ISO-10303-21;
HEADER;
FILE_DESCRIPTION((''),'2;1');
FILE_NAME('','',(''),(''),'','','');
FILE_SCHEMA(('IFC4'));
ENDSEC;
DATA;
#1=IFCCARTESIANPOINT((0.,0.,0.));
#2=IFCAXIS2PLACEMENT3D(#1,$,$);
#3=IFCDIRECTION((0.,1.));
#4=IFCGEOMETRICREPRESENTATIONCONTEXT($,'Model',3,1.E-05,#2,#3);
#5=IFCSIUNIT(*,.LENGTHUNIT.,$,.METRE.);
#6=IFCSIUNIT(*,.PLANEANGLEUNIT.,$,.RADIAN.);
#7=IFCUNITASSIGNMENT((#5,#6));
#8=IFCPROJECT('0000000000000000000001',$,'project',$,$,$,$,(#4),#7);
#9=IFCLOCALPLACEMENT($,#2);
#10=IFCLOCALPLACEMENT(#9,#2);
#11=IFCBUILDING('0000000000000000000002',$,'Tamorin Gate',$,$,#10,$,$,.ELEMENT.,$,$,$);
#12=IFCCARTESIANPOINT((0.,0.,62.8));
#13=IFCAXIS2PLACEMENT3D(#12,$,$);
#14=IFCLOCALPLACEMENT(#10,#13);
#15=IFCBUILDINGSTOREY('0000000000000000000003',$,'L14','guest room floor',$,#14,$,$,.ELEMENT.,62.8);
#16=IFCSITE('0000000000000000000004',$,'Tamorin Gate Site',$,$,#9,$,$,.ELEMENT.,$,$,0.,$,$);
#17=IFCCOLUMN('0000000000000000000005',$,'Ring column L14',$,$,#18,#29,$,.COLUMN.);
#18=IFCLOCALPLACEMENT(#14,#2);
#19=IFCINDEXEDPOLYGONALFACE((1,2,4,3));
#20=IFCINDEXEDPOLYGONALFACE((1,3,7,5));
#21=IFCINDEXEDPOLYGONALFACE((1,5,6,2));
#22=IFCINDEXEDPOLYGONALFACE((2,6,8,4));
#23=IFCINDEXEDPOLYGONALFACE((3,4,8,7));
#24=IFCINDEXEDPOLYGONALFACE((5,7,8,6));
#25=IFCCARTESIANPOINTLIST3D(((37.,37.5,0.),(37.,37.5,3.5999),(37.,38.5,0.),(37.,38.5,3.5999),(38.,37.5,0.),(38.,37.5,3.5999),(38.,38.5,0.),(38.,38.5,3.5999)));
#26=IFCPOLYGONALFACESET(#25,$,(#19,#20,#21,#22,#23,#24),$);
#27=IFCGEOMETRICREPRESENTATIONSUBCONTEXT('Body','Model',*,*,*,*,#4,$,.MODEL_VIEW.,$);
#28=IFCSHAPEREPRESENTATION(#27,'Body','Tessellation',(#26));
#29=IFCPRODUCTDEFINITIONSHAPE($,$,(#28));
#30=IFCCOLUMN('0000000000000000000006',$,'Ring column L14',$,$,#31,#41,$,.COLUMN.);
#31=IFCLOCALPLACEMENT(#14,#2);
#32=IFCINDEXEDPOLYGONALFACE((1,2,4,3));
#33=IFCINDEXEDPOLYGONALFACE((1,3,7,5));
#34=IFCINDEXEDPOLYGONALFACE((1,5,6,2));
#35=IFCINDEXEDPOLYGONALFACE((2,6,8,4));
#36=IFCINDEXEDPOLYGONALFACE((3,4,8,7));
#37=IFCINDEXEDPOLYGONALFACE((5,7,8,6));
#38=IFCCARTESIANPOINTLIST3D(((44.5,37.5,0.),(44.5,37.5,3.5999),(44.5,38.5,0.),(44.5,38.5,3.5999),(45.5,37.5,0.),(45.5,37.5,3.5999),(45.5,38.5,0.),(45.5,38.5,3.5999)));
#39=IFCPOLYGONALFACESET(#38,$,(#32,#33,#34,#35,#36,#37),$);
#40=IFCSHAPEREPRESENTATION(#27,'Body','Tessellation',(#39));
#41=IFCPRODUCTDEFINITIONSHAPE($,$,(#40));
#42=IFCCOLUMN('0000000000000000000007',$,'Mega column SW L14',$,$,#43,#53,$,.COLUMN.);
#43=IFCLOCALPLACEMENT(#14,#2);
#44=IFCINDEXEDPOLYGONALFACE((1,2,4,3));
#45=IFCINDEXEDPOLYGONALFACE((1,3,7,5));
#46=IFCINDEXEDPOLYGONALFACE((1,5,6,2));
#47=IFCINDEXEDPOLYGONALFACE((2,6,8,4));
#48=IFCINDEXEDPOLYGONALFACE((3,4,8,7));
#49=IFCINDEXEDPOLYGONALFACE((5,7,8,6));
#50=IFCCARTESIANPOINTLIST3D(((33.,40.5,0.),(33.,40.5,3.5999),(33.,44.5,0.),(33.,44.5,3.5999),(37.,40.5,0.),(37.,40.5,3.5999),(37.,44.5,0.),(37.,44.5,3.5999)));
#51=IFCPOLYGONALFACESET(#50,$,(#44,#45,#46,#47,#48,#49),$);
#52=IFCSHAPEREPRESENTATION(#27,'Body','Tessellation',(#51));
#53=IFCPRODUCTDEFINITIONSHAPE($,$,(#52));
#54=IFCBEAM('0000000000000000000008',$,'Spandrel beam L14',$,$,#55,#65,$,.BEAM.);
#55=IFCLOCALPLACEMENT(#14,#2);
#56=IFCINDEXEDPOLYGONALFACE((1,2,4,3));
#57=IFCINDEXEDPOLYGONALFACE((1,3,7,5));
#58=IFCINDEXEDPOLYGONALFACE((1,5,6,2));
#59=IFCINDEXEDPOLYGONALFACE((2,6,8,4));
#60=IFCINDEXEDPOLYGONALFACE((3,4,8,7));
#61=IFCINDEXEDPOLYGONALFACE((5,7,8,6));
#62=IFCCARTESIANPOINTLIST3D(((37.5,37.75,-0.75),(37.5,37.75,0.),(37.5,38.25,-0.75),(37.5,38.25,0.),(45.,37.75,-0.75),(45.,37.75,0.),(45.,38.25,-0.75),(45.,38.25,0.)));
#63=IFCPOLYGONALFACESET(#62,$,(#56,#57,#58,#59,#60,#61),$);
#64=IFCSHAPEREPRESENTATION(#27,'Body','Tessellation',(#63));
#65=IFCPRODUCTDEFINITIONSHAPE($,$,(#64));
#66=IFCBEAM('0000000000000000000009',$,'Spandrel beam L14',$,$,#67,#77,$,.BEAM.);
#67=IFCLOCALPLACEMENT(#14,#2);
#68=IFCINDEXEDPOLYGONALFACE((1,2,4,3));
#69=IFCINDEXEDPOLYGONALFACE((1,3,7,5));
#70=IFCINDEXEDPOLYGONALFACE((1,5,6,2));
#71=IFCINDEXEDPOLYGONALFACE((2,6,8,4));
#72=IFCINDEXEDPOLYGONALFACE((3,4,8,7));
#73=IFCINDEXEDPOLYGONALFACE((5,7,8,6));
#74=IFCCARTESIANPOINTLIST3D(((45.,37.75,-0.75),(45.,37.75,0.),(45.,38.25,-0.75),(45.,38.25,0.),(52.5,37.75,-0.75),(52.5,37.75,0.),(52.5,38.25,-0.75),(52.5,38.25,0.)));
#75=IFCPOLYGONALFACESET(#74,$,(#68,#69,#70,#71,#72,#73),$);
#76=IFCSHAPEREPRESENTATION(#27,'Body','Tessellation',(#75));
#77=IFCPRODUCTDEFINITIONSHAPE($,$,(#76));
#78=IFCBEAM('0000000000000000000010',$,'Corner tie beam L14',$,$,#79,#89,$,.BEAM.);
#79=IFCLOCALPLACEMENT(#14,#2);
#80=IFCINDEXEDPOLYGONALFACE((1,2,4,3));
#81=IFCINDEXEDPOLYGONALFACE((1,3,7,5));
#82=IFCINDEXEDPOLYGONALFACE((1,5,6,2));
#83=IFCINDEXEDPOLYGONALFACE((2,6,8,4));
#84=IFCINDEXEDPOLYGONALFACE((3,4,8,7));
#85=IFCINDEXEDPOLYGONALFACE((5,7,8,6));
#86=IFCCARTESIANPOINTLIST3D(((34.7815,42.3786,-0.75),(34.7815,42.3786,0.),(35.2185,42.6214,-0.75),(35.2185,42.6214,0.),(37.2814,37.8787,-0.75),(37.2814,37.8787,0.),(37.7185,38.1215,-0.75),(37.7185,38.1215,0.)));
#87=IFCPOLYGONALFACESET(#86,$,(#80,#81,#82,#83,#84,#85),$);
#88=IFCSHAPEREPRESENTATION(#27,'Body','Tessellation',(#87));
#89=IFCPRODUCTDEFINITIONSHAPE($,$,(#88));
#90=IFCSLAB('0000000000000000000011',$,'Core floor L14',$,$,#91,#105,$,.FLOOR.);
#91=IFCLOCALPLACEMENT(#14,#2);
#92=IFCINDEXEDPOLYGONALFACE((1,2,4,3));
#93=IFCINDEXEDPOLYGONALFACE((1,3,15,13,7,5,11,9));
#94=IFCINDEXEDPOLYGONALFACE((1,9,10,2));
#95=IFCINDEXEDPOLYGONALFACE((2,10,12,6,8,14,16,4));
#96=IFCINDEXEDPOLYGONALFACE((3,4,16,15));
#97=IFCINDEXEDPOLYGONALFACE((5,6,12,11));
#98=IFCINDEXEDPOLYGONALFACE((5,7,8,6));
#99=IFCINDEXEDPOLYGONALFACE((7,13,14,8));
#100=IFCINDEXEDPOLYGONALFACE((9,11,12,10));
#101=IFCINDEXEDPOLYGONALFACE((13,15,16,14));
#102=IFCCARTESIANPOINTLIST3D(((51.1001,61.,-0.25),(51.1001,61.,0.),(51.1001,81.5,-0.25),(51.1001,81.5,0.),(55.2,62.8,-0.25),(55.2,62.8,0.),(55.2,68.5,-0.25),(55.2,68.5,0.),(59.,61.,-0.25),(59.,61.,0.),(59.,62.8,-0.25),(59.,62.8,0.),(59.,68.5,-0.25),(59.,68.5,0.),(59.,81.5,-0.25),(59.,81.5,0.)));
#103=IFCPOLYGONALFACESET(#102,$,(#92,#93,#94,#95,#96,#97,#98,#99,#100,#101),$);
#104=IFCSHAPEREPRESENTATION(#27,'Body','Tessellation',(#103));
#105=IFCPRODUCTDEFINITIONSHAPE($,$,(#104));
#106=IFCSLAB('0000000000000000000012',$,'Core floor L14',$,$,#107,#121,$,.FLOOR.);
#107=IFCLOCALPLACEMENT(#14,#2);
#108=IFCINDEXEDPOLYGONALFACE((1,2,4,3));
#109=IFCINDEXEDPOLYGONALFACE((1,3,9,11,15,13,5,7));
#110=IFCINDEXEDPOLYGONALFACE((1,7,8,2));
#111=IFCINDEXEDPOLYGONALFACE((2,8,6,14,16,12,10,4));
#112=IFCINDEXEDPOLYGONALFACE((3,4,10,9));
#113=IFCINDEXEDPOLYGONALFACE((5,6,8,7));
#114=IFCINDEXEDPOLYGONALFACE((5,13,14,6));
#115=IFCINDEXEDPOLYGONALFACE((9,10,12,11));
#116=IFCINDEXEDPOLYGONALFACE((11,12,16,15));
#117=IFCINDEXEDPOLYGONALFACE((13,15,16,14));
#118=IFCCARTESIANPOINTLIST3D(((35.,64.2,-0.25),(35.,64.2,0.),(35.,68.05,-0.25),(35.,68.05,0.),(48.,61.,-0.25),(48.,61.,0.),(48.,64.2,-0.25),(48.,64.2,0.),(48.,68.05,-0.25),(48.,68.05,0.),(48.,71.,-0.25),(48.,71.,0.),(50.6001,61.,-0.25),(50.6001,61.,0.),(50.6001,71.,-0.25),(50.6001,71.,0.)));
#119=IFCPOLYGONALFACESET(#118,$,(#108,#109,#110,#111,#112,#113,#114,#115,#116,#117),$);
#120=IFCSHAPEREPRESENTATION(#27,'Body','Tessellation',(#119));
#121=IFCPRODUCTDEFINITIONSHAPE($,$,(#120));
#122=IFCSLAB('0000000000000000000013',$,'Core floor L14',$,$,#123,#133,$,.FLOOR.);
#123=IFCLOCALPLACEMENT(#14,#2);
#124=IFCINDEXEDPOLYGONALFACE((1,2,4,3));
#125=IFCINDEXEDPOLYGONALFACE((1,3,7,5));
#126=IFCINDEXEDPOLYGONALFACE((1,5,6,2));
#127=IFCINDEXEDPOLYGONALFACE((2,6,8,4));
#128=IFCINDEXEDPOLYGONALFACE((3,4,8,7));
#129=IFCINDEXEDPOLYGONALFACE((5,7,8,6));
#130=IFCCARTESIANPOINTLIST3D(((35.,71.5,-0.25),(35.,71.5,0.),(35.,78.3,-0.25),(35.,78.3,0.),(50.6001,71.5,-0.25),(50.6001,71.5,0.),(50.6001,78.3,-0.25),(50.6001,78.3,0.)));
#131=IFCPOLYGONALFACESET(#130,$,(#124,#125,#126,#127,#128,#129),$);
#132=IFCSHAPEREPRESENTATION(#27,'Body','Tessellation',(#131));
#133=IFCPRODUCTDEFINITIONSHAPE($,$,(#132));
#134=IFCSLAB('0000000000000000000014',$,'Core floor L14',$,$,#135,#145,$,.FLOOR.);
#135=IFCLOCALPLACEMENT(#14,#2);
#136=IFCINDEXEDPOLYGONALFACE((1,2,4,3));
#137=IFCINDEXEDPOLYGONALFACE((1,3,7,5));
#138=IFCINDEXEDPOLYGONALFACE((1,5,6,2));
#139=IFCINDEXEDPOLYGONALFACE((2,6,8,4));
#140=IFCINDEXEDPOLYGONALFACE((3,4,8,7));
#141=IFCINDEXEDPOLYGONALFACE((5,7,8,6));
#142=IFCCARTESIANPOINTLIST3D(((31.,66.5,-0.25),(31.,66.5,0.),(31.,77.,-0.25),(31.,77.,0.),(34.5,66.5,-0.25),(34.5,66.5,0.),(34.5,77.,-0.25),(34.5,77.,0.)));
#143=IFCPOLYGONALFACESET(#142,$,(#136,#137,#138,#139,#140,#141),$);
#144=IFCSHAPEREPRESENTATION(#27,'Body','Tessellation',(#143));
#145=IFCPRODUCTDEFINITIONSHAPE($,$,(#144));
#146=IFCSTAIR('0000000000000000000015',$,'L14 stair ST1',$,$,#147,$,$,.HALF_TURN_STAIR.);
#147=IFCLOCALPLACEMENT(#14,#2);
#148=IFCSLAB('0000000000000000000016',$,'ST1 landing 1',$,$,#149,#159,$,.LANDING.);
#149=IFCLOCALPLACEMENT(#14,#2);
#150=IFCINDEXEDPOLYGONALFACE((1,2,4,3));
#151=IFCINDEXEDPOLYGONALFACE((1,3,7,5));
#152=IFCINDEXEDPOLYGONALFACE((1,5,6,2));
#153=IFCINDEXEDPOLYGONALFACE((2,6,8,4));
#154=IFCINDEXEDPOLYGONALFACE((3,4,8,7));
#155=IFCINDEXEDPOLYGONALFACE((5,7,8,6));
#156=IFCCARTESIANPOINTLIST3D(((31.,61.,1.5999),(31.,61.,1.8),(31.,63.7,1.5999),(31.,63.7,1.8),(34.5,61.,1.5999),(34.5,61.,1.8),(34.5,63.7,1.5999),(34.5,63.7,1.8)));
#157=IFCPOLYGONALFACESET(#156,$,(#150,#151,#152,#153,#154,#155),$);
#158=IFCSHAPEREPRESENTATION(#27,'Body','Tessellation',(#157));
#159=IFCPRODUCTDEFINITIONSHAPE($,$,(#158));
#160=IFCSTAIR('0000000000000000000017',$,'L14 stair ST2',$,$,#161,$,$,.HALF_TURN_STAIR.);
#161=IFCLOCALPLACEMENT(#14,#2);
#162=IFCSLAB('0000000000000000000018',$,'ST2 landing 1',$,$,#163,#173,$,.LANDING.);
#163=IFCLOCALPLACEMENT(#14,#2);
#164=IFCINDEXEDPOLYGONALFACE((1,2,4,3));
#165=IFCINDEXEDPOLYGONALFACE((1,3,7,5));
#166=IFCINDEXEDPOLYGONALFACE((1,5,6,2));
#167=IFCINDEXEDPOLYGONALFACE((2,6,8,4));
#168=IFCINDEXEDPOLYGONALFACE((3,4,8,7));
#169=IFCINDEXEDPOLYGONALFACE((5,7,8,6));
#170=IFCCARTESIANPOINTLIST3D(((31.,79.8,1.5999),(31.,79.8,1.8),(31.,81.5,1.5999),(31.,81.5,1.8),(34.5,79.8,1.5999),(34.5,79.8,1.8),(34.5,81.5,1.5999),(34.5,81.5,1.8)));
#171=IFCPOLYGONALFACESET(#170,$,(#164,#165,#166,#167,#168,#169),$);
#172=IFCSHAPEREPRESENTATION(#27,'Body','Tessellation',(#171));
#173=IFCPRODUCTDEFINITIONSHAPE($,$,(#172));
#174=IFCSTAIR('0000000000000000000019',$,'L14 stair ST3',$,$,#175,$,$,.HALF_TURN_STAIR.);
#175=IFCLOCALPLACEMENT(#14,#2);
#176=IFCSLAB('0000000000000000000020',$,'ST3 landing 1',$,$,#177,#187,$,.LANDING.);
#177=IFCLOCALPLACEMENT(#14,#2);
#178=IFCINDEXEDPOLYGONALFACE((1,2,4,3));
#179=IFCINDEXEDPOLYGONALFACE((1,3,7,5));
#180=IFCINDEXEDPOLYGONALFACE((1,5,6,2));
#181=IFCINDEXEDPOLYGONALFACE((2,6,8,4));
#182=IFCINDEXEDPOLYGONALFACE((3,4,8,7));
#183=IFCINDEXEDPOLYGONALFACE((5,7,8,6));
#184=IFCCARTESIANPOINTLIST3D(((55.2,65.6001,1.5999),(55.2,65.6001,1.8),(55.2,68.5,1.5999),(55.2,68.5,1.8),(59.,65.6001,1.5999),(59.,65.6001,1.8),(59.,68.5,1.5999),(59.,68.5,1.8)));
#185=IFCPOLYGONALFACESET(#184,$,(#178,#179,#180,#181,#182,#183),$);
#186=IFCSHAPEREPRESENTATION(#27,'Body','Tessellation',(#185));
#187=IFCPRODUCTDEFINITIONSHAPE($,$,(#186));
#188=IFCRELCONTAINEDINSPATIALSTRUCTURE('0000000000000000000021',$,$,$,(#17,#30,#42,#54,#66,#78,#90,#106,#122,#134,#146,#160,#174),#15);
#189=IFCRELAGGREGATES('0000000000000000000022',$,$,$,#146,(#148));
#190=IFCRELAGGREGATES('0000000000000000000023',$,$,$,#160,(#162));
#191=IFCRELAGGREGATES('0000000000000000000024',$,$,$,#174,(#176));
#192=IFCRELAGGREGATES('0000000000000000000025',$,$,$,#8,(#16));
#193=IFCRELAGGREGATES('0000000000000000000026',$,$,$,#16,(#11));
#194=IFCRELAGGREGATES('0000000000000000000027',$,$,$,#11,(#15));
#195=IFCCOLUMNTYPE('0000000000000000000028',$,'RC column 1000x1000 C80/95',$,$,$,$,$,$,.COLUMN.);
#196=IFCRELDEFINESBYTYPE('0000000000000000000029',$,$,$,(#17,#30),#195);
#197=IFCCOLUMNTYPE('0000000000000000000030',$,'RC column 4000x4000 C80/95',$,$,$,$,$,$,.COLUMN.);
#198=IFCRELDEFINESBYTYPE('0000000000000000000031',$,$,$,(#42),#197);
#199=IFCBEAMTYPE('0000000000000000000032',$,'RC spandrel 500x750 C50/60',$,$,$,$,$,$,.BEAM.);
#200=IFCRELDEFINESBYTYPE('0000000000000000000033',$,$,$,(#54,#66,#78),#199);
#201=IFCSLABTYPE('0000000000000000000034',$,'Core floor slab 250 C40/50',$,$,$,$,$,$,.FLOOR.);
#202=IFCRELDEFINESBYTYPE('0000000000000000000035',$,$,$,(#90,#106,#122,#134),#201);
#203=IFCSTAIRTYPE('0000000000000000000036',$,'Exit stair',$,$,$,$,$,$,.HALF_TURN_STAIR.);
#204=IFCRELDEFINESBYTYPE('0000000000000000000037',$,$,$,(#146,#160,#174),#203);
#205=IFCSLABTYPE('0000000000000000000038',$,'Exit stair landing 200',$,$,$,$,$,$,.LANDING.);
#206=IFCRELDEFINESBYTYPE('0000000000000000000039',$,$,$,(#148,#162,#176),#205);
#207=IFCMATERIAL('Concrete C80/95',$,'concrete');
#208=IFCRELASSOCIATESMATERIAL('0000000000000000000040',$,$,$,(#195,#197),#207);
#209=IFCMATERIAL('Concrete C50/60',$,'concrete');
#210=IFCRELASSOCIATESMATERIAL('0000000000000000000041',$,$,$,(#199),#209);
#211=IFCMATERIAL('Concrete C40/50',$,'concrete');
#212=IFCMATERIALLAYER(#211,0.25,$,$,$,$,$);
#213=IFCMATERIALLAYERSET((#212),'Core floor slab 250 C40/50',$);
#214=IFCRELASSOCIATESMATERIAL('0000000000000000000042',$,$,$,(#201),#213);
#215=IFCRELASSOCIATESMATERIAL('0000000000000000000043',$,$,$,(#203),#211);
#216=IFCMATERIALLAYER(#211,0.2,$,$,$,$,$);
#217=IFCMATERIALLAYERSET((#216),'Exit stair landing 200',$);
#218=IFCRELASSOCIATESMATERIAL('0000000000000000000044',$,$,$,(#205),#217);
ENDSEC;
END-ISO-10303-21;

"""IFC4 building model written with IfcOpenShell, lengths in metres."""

from ifc_helpers import new_model, si_unit, direction, frame, origin, origin_2d, place, context, subcontext, project, spatial, polyline, rectangle, outline, extrude, material, layer, layer_set, material_profile, profile_set, type_object, element, aggregate, save


model = new_model("IFC4")

# Units and contexts
model_context = context("Model", 3, precision=1e-05, world=origin(), true_north=direction((0.0, 1.0)))
body_context = subcontext(model_context, "Body", "Model", "MODEL_VIEW")
ifc_project = project(units=[si_unit("LENGTHUNIT", "METRE"), si_unit("PLANEANGLEUNIT", "RADIAN")], contexts=[model_context])

# Site, building, storey
site_placement = place(None, origin())
site = spatial("IfcSite", under=ifc_project, at=site_placement, Name="Tamorin Gate Site", CompositionType="ELEMENT", RefElevation=0.0)
building_placement = place(site_placement, origin())
building = spatial("IfcBuilding", under=site, at=building_placement, Name="Tamorin Gate", CompositionType="ELEMENT")
storey_placement = place(building_placement, frame((0.0, 0.0, 62.8)))
storey = spatial("IfcBuildingStorey", under=building, at=storey_placement, Name="L14", Description="guest room floor", CompositionType="ELEMENT", Elevation=62.8)

# Columns
ifc_material_1 = material(Name="Concrete C80/95", Category="concrete")
ifc_material_profile_1 = material_profile(ifc_material_1, rectangle(XDim=1.0, YDim=1.0, at=origin_2d()), Name="RC 1000x1000")
ifc_profile_set_1 = profile_set([ifc_material_profile_1], Name="Concrete C80/95")
column_type_1 = type_object("IfcColumnType", Name="RC column 1000x1000 C80/95", PredefinedType="COLUMN", material=ifc_profile_set_1)
for number, where, z_axis, x_axis, name in (
    (1, (37.5, 38.0, 0.0), (0.0, 0.0, 1.0), (1.0, 0.0, 0.0), "Ring column L14"),
    (2, (45.0, 38.0, 0.0), (0.0, 0.0, 1.0), (1.0, 0.0, 0.0), "Ring column L14"),
):
    element("IfcColumn", number, at=place(storey_placement, frame(where, z_axis=z_axis, x_axis=x_axis)), inside=storey, type_object=column_type_1, Name=name, PredefinedType="COLUMN", context=body_context, shape_type="SweptSolid", body=[
        extrude(rectangle(XDim=1.0, YDim=1.0, at=origin_2d()), origin(), (0.0, 0.0, 1.0), 3.5999),
    ])
ifc_material_profile_2 = material_profile(ifc_material_1, rectangle(XDim=4.0, YDim=4.0, at=origin_2d()), Name="RC 4000x4000")
ifc_profile_set_2 = profile_set([ifc_material_profile_2], Name="Concrete C80/95")
column_type_2 = type_object("IfcColumnType", Name="RC column 4000x4000 C80/95", PredefinedType="COLUMN", material=ifc_profile_set_2)
column_placement = place(storey_placement, frame((35.0, 42.5, 0.0), z_axis=(0.0, 0.0, 1.0), x_axis=(1.0, 0.0, 0.0)))
element("IfcColumn", 3, at=column_placement, inside=storey, type_object=column_type_2, Name="Mega column SW L14", PredefinedType="COLUMN", context=body_context, shape_type="SweptSolid", body=[
    extrude(rectangle(XDim=4.0, YDim=4.0, at=origin_2d()), origin(), (0.0, 0.0, 1.0), 3.5999),
])

# Beams
ifc_material_2 = material(Name="Concrete C50/60", Category="concrete")
ifc_material_profile_3 = material_profile(ifc_material_2, rectangle(XDim=0.5, YDim=0.75, at=origin_2d()), Name="RC 500x750")
ifc_profile_set_3 = profile_set([ifc_material_profile_3], Name="Concrete C50/60")
beam_type = type_object("IfcBeamType", Name="RC spandrel 500x750 C50/60", PredefinedType="BEAM", material=ifc_profile_set_3)
for number, where, z_axis, x_axis, name in (
    (4, (37.5, 38.0, -0.375), (1.0, 0.0, 0.0), (0.0, 1.0, 0.0), "Spandrel beam L14"),
    (5, (45.0, 38.0, -0.375), (1.0, 0.0, 0.0), (0.0, 1.0, 0.0), "Spandrel beam L14"),
):
    element("IfcBeam", number, at=place(storey_placement, frame(where, z_axis=z_axis, x_axis=x_axis)), inside=storey, type_object=beam_type, Name=name, PredefinedType="BEAM", context=body_context, shape_type="SweptSolid", body=[
        extrude(rectangle(XDim=0.5, YDim=0.75, at=origin_2d()), origin(), (0.0, 0.0, 1.0), 7.5),
    ])
beam_placement = place(storey_placement, frame((35.0, 42.5, -0.375), z_axis=(0.485643, -0.874157, 0.0), x_axis=(0.874157, 0.485643, 0.0)))
element("IfcBeam", 6, at=beam_placement, inside=storey, type_object=beam_type, Name="Corner tie beam L14", PredefinedType="BEAM", context=body_context, shape_type="SweptSolid", body=[
    extrude(rectangle(XDim=0.5, YDim=0.75, at=origin_2d()), origin(), (0.0, 0.0, 1.0), 5.1477),
])

# Slabs
ifc_material_3 = material(Name="Concrete C40/50", Category="concrete")
ifc_layer_1 = layer(ifc_material_3, 0.25)
ifc_layer_set_1 = layer_set([ifc_layer_1], Name="Core floor slab 250 C40/50")
slab_type_1 = type_object("IfcSlabType", Name="Core floor slab 250 C40/50", PredefinedType="FLOOR", material=ifc_layer_set_1)
slab_1_placement = place(storey_placement, frame((0.0, 0.0, -0.25)))
element("IfcSlab", 7, at=slab_1_placement, inside=storey, type_object=slab_type_1, Name="Core floor L14", PredefinedType="FLOOR", context=body_context, shape_type="SweptSolid", body=[
    extrude(outline(polyline([(59.0, 62.8), (59.0, 61.0), (51.1001, 61.0), (51.1001, 81.5), (59.0, 81.5), (59.0, 68.5), (55.2, 68.5), (55.2, 62.8), (59.0, 62.8)])), origin(), (0.0, 0.0, 1.0), 0.25),
])
slab_2_placement = place(storey_placement, frame((0.0, 0.0, -0.25)))
element("IfcSlab", 8, at=slab_2_placement, inside=storey, type_object=slab_type_1, Name="Core floor L14", PredefinedType="FLOOR", context=body_context, shape_type="SweptSolid", body=[
    extrude(outline(polyline([(50.6001, 61.0), (48.0, 61.0), (48.0, 64.2), (35.0, 64.2), (35.0, 68.05), (48.0, 68.05), (48.0, 71.0), (50.6001, 71.0), (50.6001, 61.0)])), origin(), (0.0, 0.0, 1.0), 0.25),
])
slab_3_placement = place(storey_placement, frame((0.0, 0.0, -0.25)))
element("IfcSlab", 9, at=slab_3_placement, inside=storey, type_object=slab_type_1, Name="Core floor L14", PredefinedType="FLOOR", context=body_context, shape_type="SweptSolid", body=[
    extrude(outline(polyline([(50.6001, 71.5), (35.0, 71.5), (35.0, 78.3), (50.6001, 78.3), (50.6001, 71.5)])), origin(), (0.0, 0.0, 1.0), 0.25),
])
slab_4_placement = place(storey_placement, frame((0.0, 0.0, -0.25)))
element("IfcSlab", 10, at=slab_4_placement, inside=storey, type_object=slab_type_1, Name="Core floor L14", PredefinedType="FLOOR", context=body_context, shape_type="SweptSolid", body=[
    extrude(outline(polyline([(31.0, 66.5), (31.0, 77.0), (34.5, 77.0), (34.5, 66.5), (31.0, 66.5)])), origin(), (0.0, 0.0, 1.0), 0.25),
])

# Stairs, slabs
stair_type = type_object("IfcStairType", Name="Exit stair", PredefinedType="HALF_TURN_STAIR", material=ifc_material_3)
stair_1_placement = place(storey_placement, origin())
stair_1 = element("IfcStair", 11, at=stair_1_placement, inside=storey, type_object=stair_type, Name="L14 stair ST1", PredefinedType="HALF_TURN_STAIR")
ifc_layer_2 = layer(ifc_material_3, 0.2)
ifc_layer_set_2 = layer_set([ifc_layer_2], Name="Exit stair landing 200")
slab_type_2 = type_object("IfcSlabType", Name="Exit stair landing 200", PredefinedType="LANDING", material=ifc_layer_set_2)
slab_5_placement = place(storey_placement, frame((0.0, 0.0, 1.5999)))
slab_5 = element("IfcSlab", 12, at=slab_5_placement, type_object=slab_type_2, Name="ST1 landing 1", PredefinedType="LANDING", context=body_context, shape_type="SweptSolid", body=[
    extrude(outline(polyline([(31.0, 63.7), (31.0, 61.0), (34.5, 61.0), (34.5, 63.7), (31.0, 63.7)])), origin(), (0.0, 0.0, 1.0), 0.2002),
])
aggregate(stair_1, [slab_5])
stair_2_placement = place(storey_placement, origin())
stair_2 = element("IfcStair", 13, at=stair_2_placement, inside=storey, type_object=stair_type, Name="L14 stair ST2", PredefinedType="HALF_TURN_STAIR")
slab_6_placement = place(storey_placement, frame((0.0, 0.0, 1.5999)))
slab_6 = element("IfcSlab", 14, at=slab_6_placement, type_object=slab_type_2, Name="ST2 landing 1", PredefinedType="LANDING", context=body_context, shape_type="SweptSolid", body=[
    extrude(outline(polyline([(34.5, 79.8), (34.5, 81.5), (31.0, 81.5), (31.0, 79.8), (34.5, 79.8)])), origin(), (0.0, 0.0, 1.0), 0.2002),
])
aggregate(stair_2, [slab_6])
stair_3_placement = place(storey_placement, origin())
stair_3 = element("IfcStair", 15, at=stair_3_placement, inside=storey, type_object=stair_type, Name="L14 stair ST3", PredefinedType="HALF_TURN_STAIR")
slab_7_placement = place(storey_placement, frame((0.0, 0.0, 1.5999)))
slab_7 = element("IfcSlab", 16, at=slab_7_placement, type_object=slab_type_2, Name="ST3 landing 1", PredefinedType="LANDING", context=body_context, shape_type="SweptSolid", body=[
    extrude(outline(polyline([(59.0, 65.6001), (59.0, 68.5), (55.2, 68.5), (55.2, 65.6001), (59.0, 65.6001)])), origin(), (0.0, 0.0, 1.0), 0.2002),
])
aggregate(stair_3, [slab_7])

save(model, "model.ifc")
